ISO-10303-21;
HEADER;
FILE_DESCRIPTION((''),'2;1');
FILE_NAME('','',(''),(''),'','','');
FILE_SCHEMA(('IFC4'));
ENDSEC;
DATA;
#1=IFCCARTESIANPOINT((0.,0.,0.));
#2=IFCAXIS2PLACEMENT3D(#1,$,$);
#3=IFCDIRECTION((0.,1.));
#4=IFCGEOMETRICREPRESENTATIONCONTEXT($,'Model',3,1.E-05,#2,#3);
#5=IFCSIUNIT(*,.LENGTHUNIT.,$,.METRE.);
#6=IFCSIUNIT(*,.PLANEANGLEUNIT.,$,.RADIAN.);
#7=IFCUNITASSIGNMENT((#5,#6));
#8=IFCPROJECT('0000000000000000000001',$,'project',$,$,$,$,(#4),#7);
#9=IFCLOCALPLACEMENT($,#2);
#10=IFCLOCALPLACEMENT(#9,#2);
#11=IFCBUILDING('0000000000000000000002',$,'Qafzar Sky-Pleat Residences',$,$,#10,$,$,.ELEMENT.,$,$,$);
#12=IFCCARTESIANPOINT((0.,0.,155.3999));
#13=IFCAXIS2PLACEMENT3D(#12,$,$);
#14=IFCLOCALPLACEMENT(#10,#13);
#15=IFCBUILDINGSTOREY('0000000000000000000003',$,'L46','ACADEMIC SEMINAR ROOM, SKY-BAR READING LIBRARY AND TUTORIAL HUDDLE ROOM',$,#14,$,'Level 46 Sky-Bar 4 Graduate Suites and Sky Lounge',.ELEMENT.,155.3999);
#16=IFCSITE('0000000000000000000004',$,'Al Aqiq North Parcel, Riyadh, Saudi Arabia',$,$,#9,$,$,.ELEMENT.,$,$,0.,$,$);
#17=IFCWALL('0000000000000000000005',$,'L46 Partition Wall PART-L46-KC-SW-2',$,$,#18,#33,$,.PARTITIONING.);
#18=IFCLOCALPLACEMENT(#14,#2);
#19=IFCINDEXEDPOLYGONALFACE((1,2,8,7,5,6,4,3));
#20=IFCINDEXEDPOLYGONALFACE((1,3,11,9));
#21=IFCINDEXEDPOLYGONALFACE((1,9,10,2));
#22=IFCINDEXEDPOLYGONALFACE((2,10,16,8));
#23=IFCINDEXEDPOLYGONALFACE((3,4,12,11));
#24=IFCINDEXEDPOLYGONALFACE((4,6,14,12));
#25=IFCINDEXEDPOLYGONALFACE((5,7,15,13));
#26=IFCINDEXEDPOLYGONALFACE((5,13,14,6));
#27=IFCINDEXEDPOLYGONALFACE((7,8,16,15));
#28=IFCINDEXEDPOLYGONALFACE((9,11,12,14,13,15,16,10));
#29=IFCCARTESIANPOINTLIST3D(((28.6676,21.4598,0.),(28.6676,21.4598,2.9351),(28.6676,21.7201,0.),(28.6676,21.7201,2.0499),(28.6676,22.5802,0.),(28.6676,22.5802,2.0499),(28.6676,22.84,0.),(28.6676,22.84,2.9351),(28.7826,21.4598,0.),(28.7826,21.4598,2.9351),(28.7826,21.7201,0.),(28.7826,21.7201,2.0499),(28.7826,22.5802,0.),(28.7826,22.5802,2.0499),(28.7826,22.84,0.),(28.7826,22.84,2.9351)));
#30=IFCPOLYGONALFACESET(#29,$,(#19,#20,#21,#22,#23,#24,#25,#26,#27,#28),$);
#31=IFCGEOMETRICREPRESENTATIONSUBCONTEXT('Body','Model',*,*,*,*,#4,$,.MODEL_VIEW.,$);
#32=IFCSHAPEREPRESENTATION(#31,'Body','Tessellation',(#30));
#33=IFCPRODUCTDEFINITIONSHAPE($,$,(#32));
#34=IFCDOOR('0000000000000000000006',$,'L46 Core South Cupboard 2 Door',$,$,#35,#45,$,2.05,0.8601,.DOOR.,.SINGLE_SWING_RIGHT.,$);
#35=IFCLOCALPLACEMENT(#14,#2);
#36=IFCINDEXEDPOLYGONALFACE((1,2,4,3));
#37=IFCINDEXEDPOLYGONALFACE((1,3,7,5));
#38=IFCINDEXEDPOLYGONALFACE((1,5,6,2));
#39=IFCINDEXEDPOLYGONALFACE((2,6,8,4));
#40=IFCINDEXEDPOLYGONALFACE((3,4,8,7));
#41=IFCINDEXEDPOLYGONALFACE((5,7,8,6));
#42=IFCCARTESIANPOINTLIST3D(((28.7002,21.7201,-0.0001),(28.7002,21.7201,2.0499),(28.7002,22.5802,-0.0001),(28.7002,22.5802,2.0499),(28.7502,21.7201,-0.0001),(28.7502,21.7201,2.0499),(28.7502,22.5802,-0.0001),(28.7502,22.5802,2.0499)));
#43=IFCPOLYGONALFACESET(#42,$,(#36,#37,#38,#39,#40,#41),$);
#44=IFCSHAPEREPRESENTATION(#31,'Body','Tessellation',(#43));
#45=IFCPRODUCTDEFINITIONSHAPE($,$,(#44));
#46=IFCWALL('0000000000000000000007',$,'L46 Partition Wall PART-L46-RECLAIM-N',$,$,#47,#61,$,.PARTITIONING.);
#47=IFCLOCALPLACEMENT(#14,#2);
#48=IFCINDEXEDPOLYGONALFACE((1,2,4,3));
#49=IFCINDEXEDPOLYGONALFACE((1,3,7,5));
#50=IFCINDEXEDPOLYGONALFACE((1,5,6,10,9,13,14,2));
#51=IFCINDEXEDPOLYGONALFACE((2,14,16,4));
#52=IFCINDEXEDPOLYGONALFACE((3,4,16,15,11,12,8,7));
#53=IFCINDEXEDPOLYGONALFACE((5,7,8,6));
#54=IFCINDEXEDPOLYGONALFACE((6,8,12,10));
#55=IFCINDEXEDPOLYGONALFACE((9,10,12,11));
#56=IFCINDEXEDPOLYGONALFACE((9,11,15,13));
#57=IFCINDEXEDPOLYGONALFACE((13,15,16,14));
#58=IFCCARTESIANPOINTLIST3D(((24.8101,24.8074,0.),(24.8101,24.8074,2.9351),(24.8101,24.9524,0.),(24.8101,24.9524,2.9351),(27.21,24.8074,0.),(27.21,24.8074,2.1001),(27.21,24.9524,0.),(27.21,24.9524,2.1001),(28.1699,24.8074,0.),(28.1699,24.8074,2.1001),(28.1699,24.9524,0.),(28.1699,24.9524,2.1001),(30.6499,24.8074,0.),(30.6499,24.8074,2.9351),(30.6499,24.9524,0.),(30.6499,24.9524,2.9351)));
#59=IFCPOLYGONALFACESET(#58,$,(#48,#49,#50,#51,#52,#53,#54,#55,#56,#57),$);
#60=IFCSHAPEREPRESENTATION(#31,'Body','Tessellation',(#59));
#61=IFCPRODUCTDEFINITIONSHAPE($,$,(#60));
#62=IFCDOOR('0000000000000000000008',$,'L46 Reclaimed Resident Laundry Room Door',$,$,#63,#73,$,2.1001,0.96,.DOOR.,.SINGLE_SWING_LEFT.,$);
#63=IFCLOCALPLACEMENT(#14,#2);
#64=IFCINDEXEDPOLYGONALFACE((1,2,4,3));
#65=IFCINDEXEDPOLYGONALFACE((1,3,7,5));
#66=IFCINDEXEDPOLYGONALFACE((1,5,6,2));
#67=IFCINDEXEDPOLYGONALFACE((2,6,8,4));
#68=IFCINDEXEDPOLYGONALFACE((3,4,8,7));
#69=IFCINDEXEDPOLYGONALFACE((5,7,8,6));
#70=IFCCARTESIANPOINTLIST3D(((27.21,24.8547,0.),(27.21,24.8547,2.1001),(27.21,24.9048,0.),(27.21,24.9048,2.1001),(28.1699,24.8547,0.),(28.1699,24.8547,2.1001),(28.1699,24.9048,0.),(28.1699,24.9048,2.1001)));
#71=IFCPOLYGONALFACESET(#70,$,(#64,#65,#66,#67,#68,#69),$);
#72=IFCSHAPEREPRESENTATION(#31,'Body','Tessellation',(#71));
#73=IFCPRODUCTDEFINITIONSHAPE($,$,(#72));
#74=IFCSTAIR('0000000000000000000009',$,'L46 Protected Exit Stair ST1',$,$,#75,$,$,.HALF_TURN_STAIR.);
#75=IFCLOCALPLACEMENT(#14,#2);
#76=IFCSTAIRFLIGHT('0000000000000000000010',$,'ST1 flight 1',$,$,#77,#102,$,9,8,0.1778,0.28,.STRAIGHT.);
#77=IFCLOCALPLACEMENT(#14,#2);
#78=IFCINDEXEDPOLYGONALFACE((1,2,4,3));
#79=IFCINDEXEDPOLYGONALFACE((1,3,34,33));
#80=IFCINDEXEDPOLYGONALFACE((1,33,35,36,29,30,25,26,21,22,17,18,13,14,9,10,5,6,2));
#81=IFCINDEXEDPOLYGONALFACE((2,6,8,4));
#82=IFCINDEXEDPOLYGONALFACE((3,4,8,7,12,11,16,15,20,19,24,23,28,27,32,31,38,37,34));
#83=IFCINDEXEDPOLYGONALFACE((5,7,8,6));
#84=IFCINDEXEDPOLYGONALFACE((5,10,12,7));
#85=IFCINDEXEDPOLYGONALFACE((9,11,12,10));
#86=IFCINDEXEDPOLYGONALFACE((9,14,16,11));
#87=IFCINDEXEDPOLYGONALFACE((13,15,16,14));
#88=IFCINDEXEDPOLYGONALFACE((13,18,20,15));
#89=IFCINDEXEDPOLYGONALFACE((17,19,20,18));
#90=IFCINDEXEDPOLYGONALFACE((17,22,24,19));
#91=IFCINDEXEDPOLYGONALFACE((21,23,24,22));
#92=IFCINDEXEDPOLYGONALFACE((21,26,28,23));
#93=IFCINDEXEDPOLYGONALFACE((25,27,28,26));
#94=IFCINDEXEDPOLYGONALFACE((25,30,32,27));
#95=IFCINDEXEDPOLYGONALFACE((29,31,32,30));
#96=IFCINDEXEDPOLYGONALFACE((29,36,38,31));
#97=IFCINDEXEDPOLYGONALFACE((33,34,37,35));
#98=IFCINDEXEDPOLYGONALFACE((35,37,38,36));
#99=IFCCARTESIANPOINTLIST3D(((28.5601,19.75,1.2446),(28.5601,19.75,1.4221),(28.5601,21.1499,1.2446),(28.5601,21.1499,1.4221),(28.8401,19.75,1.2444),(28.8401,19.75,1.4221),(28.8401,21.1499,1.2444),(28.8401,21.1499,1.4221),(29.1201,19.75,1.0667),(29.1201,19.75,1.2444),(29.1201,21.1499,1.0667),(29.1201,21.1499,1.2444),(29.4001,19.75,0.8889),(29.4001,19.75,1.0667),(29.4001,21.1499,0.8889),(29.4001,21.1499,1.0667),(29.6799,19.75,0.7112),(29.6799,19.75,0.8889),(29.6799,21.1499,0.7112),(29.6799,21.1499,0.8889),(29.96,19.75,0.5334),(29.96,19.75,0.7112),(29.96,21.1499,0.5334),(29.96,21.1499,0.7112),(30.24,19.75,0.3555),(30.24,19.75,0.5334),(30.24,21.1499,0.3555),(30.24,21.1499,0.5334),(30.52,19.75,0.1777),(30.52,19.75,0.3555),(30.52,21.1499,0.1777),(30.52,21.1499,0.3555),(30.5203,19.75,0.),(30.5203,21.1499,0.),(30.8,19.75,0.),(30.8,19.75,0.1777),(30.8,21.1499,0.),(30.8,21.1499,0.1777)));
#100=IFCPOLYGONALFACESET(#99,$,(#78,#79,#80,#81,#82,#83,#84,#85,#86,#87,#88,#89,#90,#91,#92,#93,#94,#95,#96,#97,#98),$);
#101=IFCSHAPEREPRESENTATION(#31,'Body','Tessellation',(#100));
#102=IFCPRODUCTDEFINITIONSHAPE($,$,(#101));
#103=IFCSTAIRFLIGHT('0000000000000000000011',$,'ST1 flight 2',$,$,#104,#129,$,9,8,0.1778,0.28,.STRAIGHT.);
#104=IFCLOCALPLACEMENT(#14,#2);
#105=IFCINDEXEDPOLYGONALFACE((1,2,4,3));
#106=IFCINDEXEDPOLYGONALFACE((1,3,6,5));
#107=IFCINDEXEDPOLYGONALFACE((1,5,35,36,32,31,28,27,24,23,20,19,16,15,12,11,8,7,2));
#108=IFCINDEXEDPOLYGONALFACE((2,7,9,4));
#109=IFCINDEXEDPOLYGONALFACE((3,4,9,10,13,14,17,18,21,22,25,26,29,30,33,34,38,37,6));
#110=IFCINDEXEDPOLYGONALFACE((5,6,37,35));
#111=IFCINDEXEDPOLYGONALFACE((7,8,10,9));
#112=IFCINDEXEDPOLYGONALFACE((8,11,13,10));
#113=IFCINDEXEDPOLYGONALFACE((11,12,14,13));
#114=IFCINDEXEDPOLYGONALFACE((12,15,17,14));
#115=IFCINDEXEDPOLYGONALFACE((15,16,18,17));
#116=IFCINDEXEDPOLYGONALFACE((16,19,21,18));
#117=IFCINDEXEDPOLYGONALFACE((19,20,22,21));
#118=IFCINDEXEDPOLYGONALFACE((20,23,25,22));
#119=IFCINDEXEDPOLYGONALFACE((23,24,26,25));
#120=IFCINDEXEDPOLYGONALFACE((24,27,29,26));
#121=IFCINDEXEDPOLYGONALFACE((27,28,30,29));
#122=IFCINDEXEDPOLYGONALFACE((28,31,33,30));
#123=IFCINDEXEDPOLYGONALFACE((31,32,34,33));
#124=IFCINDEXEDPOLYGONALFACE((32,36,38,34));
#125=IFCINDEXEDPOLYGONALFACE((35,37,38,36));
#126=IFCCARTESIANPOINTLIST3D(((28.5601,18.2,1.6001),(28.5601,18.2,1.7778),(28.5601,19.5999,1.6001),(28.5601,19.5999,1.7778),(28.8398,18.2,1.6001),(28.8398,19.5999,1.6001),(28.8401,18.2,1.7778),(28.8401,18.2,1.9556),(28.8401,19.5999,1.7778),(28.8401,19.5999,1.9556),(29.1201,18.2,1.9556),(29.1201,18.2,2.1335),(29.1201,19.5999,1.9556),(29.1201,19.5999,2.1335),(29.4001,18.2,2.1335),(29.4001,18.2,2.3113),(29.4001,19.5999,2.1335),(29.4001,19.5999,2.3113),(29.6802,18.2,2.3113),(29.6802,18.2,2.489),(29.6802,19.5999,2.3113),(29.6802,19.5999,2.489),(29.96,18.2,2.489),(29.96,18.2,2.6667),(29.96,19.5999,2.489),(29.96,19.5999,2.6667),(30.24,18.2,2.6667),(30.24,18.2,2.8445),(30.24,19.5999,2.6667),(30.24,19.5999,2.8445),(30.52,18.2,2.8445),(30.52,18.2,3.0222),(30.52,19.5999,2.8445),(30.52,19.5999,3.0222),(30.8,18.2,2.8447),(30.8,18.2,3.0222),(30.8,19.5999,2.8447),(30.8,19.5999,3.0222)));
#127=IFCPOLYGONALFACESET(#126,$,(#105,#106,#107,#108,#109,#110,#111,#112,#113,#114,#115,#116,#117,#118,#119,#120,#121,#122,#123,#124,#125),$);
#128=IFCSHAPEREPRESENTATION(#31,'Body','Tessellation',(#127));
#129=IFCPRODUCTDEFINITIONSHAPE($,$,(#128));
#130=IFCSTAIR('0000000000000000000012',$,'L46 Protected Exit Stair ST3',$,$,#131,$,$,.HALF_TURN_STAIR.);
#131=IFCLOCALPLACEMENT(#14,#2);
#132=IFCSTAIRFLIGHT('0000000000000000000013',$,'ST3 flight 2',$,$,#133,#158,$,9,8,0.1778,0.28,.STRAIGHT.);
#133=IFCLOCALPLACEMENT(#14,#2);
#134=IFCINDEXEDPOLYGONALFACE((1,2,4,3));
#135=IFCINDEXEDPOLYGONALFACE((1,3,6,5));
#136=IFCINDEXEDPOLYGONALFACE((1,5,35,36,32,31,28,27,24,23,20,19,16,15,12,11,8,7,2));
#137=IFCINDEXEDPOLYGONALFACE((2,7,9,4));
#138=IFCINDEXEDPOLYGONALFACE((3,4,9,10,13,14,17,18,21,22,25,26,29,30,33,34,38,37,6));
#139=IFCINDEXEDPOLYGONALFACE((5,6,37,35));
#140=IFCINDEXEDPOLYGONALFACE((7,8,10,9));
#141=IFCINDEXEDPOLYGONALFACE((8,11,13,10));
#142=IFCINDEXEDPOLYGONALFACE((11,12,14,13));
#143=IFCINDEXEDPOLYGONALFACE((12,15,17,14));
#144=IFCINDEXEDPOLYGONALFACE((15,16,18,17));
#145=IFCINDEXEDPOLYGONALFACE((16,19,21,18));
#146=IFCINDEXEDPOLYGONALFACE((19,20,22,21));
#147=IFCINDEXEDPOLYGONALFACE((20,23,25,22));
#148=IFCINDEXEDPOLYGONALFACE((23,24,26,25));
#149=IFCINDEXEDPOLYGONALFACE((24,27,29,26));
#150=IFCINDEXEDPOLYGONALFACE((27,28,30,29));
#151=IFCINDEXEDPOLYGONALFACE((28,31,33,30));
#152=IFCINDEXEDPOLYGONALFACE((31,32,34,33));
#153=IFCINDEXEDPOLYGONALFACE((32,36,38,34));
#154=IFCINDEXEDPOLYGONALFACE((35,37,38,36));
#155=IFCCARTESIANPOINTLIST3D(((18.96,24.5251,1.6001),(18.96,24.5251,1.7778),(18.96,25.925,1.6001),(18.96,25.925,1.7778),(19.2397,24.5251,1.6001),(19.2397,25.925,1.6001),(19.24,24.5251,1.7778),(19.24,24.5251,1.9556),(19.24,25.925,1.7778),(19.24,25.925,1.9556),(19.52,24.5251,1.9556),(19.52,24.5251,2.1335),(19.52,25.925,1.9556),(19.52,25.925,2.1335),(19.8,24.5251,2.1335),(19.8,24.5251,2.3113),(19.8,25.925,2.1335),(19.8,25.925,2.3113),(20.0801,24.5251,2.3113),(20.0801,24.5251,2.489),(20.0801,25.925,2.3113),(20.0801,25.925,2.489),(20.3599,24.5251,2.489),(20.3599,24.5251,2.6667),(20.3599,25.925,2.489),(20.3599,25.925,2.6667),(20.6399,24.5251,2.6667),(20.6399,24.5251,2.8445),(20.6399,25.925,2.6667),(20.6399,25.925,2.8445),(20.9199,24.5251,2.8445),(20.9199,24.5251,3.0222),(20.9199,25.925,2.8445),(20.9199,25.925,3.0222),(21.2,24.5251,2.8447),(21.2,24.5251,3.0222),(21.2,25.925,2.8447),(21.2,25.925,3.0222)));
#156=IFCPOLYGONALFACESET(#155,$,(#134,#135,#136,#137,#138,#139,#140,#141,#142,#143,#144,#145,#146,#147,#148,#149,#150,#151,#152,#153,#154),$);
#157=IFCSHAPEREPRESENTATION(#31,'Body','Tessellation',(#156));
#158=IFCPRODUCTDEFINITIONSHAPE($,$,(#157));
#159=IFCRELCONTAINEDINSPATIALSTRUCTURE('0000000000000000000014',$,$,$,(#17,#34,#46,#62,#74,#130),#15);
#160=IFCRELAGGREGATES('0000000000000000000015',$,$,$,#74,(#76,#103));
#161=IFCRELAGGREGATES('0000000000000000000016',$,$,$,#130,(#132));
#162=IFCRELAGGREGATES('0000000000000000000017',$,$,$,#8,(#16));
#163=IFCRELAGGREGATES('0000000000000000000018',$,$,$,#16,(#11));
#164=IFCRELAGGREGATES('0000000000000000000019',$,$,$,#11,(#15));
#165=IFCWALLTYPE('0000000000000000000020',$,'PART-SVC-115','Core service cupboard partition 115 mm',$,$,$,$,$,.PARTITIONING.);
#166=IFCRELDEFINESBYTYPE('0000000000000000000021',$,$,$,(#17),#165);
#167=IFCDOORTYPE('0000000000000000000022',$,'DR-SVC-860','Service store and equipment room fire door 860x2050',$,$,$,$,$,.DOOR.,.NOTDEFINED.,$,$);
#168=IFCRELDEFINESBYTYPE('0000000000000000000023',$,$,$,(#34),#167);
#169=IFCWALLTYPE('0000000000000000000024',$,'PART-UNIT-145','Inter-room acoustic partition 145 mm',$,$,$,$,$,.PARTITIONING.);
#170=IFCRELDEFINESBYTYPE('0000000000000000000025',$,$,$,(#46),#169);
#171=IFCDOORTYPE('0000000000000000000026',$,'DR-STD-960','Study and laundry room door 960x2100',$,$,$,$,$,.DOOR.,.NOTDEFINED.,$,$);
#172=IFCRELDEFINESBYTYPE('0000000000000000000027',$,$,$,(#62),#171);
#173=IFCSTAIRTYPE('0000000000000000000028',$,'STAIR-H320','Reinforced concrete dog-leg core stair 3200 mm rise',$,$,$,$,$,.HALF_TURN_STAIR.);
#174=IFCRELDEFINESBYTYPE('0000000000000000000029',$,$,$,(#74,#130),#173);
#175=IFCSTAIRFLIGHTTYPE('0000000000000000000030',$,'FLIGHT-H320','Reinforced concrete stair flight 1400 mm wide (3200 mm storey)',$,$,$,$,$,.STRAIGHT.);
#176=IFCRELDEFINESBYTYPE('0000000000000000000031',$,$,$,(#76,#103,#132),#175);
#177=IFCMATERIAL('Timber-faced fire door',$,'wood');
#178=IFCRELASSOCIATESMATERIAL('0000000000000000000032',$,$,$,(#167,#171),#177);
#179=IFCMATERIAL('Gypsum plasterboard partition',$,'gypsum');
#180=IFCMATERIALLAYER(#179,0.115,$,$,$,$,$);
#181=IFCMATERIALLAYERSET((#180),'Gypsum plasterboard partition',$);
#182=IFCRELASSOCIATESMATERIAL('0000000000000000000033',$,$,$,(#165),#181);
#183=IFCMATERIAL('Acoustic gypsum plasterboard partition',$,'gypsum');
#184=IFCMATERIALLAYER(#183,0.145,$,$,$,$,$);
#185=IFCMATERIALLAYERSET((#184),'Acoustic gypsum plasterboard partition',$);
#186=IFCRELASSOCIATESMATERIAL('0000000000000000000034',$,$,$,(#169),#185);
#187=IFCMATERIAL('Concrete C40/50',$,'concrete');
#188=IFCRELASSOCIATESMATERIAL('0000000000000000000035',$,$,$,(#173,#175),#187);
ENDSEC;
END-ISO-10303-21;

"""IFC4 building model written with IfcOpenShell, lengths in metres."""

from ifc_helpers import new_model, si_unit, direction, frame, frame_2d, origin, place, context, subcontext, project, spatial, polyline, rectangle, outline, extrude, source, transform, mapped, material, layer, layer_set, type_object, element, fill, aggregate, save


model = new_model("IFC4")

# Units and contexts
model_context = context("Model", 3, precision=1e-05, world=origin(), true_north=direction((0.0, 1.0)))
body_context = subcontext(model_context, "Body", "Model", "MODEL_VIEW")
ifc_project = project(units=[si_unit("LENGTHUNIT", "METRE"), si_unit("PLANEANGLEUNIT", "RADIAN")], contexts=[model_context])

# Site, building, storey
site_placement = place(None, origin())
site = spatial("IfcSite", under=ifc_project, at=site_placement, Name="Al Aqiq North Parcel, Riyadh, Saudi Arabia", CompositionType="ELEMENT", RefElevation=0.0)
building_placement = place(site_placement, origin())
building = spatial("IfcBuilding", under=site, at=building_placement, Name="Qafzar Sky-Pleat Residences", CompositionType="ELEMENT")
storey_placement = place(building_placement, frame((0.0, 0.0, 155.3999)))
storey = spatial("IfcBuildingStorey", under=building, at=storey_placement, Name="L46", Description="ACADEMIC SEMINAR ROOM, SKY-BAR READING LIBRARY AND TUTORIAL HUDDLE ROOM", LongName="Level 46 Sky-Bar 4 Graduate Suites and Sky Lounge", CompositionType="ELEMENT", Elevation=155.3999)

# Shared definitions
ifc_material_1 = material(Name="Acoustic gypsum plasterboard partition", Category="gypsum")
ifc_material_2 = material(Name="Timber-faced fire door", Category="wood")
door_type_1 = type_object("IfcDoorType", Name="DR-SVC-860", Description="Service store and equipment room fire door 860x2050", OperationType="NOTDEFINED", PredefinedType="DOOR", material=ifc_material_2)
shared_shape_1 = source(origin(), body_context, "Body", "SweptSolid", [
    extrude(rectangle(XDim=0.8601, YDim=2.05, at=frame_2d((0.4302, 1.0249))), frame((0.0, 0.0249, 0.0), z_axis=(0.0, -1.0, 0.0), x_axis=(1.0, 0.0, 0.0)), (0.0, 0.0, 1.0), 0.05),
])

# Walls, openings, doors
ifc_material_3 = material(Name="Gypsum plasterboard partition", Category="gypsum")
ifc_layer_1 = layer(ifc_material_3, 0.115)
ifc_layer_set_1 = layer_set([ifc_layer_1], Name="Gypsum plasterboard partition")
wall_type_1 = type_object("IfcWallType", Name="PART-SVC-115", Description="Core service cupboard partition 115 mm", PredefinedType="PARTITIONING", material=ifc_layer_set_1)
wall_1_placement = place(storey_placement, frame((28.7251, 21.46, 0.0), z_axis=(0.0, 0.0, 1.0), x_axis=(0.0, 1.0, 0.0)))
wall_1 = element("IfcWall", 1, at=wall_1_placement, inside=storey, type_object=wall_type_1, Name="L46 Partition Wall PART-L46-KC-SW-2", PredefinedType="PARTITIONING", context=body_context, shape_type="SweptSolid", body=[
    extrude(rectangle(XDim=1.3801, YDim=0.115, at=frame_2d((0.6899, 0.0))), origin(), (0.0, 0.0, 1.0), 2.9351),
])
opening_1_placement = place(wall_1_placement, frame((0.26, 0.0, 0.0)))
opening_1 = element("IfcOpeningElement", 2, at=opening_1_placement, cuts=wall_1, PredefinedType="OPENING", context=body_context, shape_type="SweptSolid", body=[
    extrude(rectangle(XDim=0.8601, YDim=2.05, at=frame_2d((0.4302, 1.0249))), frame((0.0, 0.0674, 0.0), z_axis=(0.0, -1.0, 0.0), x_axis=(1.0, 0.0, 0.0)), (0.0, 0.0, 1.0), 0.135),
])
door_1_placement = place(opening_1_placement, origin())
door_1 = element("IfcDoor", 3, at=door_1_placement, inside=storey, type_object=door_type_1, Name="L46 Core South Cupboard 2 Door", OperationType="SINGLE_SWING_RIGHT", OverallHeight=2.05, OverallWidth=0.8601, PredefinedType="DOOR", context=body_context, shape_type="MappedRepresentation", body=[
    mapped(shared_shape_1, transform((0.0, 0.0, 0.0), x_axis=(1.0, 0.0, 0.0), y_axis=(0.0, 1.0, 0.0), z_axis=(0.0, 0.0, 1.0), scale=1.0)),
])
fill(opening_1, door_1)
ifc_layer_2 = layer(ifc_material_1, 0.145)
ifc_layer_set_2 = layer_set([ifc_layer_2], Name="Acoustic gypsum plasterboard partition")
wall_type_2 = type_object("IfcWallType", Name="PART-UNIT-145", Description="Inter-room acoustic partition 145 mm", PredefinedType="PARTITIONING", material=ifc_layer_set_2)
wall_2_placement = place(storey_placement, frame((24.8101, 24.8799, 0.0), z_axis=(0.0, 0.0, 1.0), x_axis=(1.0, 0.0, 0.0)))
wall_2 = element("IfcWall", 4, at=wall_2_placement, inside=storey, type_object=wall_type_2, Name="L46 Partition Wall PART-L46-RECLAIM-N", PredefinedType="PARTITIONING", context=body_context, shape_type="SweptSolid", body=[
    extrude(rectangle(XDim=5.8398, YDim=0.145, at=frame_2d((2.9199, 0.0))), origin(), (0.0, 0.0, 1.0), 2.9351),
])
opening_2_placement = place(wall_2_placement, frame((2.3999, 0.0, 0.0)))
opening_2 = element("IfcOpeningElement", 5, at=opening_2_placement, cuts=wall_2, PredefinedType="OPENING", context=body_context, shape_type="SweptSolid", body=[
    extrude(rectangle(XDim=0.96, YDim=2.1001, at=frame_2d((0.48, 1.05))), frame((0.0, 0.0825, 0.0), z_axis=(0.0, -1.0, 0.0), x_axis=(1.0, 0.0, 0.0)), (0.0, 0.0, 1.0), 0.165),
])
door_type_2 = type_object("IfcDoorType", Name="DR-STD-960", Description="Study and laundry room door 960x2100", OperationType="NOTDEFINED", PredefinedType="DOOR", material=ifc_material_2)
shared_shape_2 = source(origin(), body_context, "Body", "SweptSolid", [
    extrude(rectangle(XDim=0.96, YDim=2.1001, at=frame_2d((0.48, 1.05))), frame((0.0, 0.0249, 0.0), z_axis=(0.0, -1.0, 0.0), x_axis=(1.0, 0.0, 0.0)), (0.0, 0.0, 1.0), 0.05),
])
door_2_placement = place(opening_2_placement, origin())
door_2 = element("IfcDoor", 6, at=door_2_placement, inside=storey, type_object=door_type_2, Name="L46 Reclaimed Resident Laundry Room Door", OperationType="SINGLE_SWING_LEFT", OverallHeight=2.1001, OverallWidth=0.96, PredefinedType="DOOR", context=body_context, shape_type="MappedRepresentation", body=[
    mapped(shared_shape_2, transform((0.0, 0.0, 0.0), x_axis=(1.0, 0.0, 0.0), y_axis=(0.0, 1.0, 0.0), z_axis=(0.0, 0.0, 1.0), scale=1.0)),
])
fill(opening_2, door_2)

# Stair, stair flights
ifc_material_4 = material(Name="Concrete C40/50", Category="concrete")
stair_type = type_object("IfcStairType", Name="STAIR-H320", Description="Reinforced concrete dog-leg core stair 3200 mm rise", PredefinedType="HALF_TURN_STAIR", material=ifc_material_4)
stair_1_placement = place(storey_placement, origin())
stair_1 = element("IfcStair", 7, at=stair_1_placement, inside=storey, type_object=stair_type, Name="L46 Protected Exit Stair ST1", PredefinedType="HALF_TURN_STAIR")
stair_flight_type = type_object("IfcStairFlightType", Name="FLIGHT-H320", Description="Reinforced concrete stair flight 1400 mm wide (3200 mm storey)", PredefinedType="STRAIGHT", material=ifc_material_4)
shared_shape_3 = source(origin(), body_context, "Body", "SweptSolid", [
    extrude(outline(polyline([(0.0, 0.0), (0.0, 0.1777), (0.28, 0.1777), (0.28, 0.3555), (0.5601, 0.3555), (0.5601, 0.5334), (0.8401, 0.5334), (0.8401, 0.7112), (1.1201, 0.7112), (1.1201, 0.8889), (1.3999, 0.8889), (1.3999, 1.0667), (1.6799, 1.0667), (1.6799, 1.2444), (1.96, 1.2444), (1.96, 1.4221), (2.24, 1.4221), (2.24, 1.6001), (2.24, 1.2446), (0.2798, 0.0), (0.0, 0.0)])), frame((0.0, 0.7, 0.0), z_axis=(0.0, -1.0, 0.0), x_axis=(1.0, 0.0, 0.0)), (0.0, 0.0, 1.0), 1.3999),
])
stair_flight_1_placement = place(storey_placement, frame((30.8, 20.45, 0.0), z_axis=(0.0, 0.0, 1.0), x_axis=(-1.0, 0.0, 0.0)))
stair_flight_1 = element("IfcStairFlight", 8, at=stair_flight_1_placement, type_object=stair_flight_type, Name="ST1 flight 1", NumberOfRisers=9, NumberOfTreads=8, PredefinedType="STRAIGHT", RiserHeight=0.1778, TreadLength=0.28, context=body_context, shape_type="MappedRepresentation", body=[
    mapped(shared_shape_3, transform((0.0, 0.0, 0.0), x_axis=(1.0, 0.0, 0.0), y_axis=(0.0, 1.0, 0.0), z_axis=(0.0, 0.0, 1.0), scale=1.0)),
])
stair_flight_2_placement = place(storey_placement, frame((28.5601, 18.8999, 1.6001), z_axis=(0.0, 0.0, 1.0), x_axis=(1.0, 0.0, 0.0)))
stair_flight_2 = element("IfcStairFlight", 9, at=stair_flight_2_placement, type_object=stair_flight_type, Name="ST1 flight 2", NumberOfRisers=9, NumberOfTreads=8, PredefinedType="STRAIGHT", RiserHeight=0.1778, TreadLength=0.28, context=body_context, shape_type="MappedRepresentation", body=[
    mapped(shared_shape_3, transform((0.0, 0.0, 0.0), x_axis=(1.0, 0.0, 0.0), y_axis=(0.0, 1.0, 0.0), z_axis=(0.0, 0.0, 1.0), scale=1.0)),
])
aggregate(stair_1, [stair_flight_1, stair_flight_2])

# Stair, stair flight
stair_2_placement = place(storey_placement, origin())
stair_2 = element("IfcStair", 10, at=stair_2_placement, inside=storey, type_object=stair_type, Name="L46 Protected Exit Stair ST3", PredefinedType="HALF_TURN_STAIR")
stair_flight_3_placement = place(storey_placement, frame((18.96, 25.2251, 1.6001), z_axis=(0.0, 0.0, 1.0), x_axis=(1.0, 0.0, 0.0)))
stair_flight_3 = element("IfcStairFlight", 11, at=stair_flight_3_placement, type_object=stair_flight_type, Name="ST3 flight 2", NumberOfRisers=9, NumberOfTreads=8, PredefinedType="STRAIGHT", RiserHeight=0.1778, TreadLength=0.28, context=body_context, shape_type="MappedRepresentation", body=[
    mapped(shared_shape_3, transform((0.0, 0.0, 0.0), x_axis=(1.0, 0.0, 0.0), y_axis=(0.0, 1.0, 0.0), z_axis=(0.0, 0.0, 1.0), scale=1.0)),
])
aggregate(stair_2, [stair_flight_3])

save(model, "model.ifc")
